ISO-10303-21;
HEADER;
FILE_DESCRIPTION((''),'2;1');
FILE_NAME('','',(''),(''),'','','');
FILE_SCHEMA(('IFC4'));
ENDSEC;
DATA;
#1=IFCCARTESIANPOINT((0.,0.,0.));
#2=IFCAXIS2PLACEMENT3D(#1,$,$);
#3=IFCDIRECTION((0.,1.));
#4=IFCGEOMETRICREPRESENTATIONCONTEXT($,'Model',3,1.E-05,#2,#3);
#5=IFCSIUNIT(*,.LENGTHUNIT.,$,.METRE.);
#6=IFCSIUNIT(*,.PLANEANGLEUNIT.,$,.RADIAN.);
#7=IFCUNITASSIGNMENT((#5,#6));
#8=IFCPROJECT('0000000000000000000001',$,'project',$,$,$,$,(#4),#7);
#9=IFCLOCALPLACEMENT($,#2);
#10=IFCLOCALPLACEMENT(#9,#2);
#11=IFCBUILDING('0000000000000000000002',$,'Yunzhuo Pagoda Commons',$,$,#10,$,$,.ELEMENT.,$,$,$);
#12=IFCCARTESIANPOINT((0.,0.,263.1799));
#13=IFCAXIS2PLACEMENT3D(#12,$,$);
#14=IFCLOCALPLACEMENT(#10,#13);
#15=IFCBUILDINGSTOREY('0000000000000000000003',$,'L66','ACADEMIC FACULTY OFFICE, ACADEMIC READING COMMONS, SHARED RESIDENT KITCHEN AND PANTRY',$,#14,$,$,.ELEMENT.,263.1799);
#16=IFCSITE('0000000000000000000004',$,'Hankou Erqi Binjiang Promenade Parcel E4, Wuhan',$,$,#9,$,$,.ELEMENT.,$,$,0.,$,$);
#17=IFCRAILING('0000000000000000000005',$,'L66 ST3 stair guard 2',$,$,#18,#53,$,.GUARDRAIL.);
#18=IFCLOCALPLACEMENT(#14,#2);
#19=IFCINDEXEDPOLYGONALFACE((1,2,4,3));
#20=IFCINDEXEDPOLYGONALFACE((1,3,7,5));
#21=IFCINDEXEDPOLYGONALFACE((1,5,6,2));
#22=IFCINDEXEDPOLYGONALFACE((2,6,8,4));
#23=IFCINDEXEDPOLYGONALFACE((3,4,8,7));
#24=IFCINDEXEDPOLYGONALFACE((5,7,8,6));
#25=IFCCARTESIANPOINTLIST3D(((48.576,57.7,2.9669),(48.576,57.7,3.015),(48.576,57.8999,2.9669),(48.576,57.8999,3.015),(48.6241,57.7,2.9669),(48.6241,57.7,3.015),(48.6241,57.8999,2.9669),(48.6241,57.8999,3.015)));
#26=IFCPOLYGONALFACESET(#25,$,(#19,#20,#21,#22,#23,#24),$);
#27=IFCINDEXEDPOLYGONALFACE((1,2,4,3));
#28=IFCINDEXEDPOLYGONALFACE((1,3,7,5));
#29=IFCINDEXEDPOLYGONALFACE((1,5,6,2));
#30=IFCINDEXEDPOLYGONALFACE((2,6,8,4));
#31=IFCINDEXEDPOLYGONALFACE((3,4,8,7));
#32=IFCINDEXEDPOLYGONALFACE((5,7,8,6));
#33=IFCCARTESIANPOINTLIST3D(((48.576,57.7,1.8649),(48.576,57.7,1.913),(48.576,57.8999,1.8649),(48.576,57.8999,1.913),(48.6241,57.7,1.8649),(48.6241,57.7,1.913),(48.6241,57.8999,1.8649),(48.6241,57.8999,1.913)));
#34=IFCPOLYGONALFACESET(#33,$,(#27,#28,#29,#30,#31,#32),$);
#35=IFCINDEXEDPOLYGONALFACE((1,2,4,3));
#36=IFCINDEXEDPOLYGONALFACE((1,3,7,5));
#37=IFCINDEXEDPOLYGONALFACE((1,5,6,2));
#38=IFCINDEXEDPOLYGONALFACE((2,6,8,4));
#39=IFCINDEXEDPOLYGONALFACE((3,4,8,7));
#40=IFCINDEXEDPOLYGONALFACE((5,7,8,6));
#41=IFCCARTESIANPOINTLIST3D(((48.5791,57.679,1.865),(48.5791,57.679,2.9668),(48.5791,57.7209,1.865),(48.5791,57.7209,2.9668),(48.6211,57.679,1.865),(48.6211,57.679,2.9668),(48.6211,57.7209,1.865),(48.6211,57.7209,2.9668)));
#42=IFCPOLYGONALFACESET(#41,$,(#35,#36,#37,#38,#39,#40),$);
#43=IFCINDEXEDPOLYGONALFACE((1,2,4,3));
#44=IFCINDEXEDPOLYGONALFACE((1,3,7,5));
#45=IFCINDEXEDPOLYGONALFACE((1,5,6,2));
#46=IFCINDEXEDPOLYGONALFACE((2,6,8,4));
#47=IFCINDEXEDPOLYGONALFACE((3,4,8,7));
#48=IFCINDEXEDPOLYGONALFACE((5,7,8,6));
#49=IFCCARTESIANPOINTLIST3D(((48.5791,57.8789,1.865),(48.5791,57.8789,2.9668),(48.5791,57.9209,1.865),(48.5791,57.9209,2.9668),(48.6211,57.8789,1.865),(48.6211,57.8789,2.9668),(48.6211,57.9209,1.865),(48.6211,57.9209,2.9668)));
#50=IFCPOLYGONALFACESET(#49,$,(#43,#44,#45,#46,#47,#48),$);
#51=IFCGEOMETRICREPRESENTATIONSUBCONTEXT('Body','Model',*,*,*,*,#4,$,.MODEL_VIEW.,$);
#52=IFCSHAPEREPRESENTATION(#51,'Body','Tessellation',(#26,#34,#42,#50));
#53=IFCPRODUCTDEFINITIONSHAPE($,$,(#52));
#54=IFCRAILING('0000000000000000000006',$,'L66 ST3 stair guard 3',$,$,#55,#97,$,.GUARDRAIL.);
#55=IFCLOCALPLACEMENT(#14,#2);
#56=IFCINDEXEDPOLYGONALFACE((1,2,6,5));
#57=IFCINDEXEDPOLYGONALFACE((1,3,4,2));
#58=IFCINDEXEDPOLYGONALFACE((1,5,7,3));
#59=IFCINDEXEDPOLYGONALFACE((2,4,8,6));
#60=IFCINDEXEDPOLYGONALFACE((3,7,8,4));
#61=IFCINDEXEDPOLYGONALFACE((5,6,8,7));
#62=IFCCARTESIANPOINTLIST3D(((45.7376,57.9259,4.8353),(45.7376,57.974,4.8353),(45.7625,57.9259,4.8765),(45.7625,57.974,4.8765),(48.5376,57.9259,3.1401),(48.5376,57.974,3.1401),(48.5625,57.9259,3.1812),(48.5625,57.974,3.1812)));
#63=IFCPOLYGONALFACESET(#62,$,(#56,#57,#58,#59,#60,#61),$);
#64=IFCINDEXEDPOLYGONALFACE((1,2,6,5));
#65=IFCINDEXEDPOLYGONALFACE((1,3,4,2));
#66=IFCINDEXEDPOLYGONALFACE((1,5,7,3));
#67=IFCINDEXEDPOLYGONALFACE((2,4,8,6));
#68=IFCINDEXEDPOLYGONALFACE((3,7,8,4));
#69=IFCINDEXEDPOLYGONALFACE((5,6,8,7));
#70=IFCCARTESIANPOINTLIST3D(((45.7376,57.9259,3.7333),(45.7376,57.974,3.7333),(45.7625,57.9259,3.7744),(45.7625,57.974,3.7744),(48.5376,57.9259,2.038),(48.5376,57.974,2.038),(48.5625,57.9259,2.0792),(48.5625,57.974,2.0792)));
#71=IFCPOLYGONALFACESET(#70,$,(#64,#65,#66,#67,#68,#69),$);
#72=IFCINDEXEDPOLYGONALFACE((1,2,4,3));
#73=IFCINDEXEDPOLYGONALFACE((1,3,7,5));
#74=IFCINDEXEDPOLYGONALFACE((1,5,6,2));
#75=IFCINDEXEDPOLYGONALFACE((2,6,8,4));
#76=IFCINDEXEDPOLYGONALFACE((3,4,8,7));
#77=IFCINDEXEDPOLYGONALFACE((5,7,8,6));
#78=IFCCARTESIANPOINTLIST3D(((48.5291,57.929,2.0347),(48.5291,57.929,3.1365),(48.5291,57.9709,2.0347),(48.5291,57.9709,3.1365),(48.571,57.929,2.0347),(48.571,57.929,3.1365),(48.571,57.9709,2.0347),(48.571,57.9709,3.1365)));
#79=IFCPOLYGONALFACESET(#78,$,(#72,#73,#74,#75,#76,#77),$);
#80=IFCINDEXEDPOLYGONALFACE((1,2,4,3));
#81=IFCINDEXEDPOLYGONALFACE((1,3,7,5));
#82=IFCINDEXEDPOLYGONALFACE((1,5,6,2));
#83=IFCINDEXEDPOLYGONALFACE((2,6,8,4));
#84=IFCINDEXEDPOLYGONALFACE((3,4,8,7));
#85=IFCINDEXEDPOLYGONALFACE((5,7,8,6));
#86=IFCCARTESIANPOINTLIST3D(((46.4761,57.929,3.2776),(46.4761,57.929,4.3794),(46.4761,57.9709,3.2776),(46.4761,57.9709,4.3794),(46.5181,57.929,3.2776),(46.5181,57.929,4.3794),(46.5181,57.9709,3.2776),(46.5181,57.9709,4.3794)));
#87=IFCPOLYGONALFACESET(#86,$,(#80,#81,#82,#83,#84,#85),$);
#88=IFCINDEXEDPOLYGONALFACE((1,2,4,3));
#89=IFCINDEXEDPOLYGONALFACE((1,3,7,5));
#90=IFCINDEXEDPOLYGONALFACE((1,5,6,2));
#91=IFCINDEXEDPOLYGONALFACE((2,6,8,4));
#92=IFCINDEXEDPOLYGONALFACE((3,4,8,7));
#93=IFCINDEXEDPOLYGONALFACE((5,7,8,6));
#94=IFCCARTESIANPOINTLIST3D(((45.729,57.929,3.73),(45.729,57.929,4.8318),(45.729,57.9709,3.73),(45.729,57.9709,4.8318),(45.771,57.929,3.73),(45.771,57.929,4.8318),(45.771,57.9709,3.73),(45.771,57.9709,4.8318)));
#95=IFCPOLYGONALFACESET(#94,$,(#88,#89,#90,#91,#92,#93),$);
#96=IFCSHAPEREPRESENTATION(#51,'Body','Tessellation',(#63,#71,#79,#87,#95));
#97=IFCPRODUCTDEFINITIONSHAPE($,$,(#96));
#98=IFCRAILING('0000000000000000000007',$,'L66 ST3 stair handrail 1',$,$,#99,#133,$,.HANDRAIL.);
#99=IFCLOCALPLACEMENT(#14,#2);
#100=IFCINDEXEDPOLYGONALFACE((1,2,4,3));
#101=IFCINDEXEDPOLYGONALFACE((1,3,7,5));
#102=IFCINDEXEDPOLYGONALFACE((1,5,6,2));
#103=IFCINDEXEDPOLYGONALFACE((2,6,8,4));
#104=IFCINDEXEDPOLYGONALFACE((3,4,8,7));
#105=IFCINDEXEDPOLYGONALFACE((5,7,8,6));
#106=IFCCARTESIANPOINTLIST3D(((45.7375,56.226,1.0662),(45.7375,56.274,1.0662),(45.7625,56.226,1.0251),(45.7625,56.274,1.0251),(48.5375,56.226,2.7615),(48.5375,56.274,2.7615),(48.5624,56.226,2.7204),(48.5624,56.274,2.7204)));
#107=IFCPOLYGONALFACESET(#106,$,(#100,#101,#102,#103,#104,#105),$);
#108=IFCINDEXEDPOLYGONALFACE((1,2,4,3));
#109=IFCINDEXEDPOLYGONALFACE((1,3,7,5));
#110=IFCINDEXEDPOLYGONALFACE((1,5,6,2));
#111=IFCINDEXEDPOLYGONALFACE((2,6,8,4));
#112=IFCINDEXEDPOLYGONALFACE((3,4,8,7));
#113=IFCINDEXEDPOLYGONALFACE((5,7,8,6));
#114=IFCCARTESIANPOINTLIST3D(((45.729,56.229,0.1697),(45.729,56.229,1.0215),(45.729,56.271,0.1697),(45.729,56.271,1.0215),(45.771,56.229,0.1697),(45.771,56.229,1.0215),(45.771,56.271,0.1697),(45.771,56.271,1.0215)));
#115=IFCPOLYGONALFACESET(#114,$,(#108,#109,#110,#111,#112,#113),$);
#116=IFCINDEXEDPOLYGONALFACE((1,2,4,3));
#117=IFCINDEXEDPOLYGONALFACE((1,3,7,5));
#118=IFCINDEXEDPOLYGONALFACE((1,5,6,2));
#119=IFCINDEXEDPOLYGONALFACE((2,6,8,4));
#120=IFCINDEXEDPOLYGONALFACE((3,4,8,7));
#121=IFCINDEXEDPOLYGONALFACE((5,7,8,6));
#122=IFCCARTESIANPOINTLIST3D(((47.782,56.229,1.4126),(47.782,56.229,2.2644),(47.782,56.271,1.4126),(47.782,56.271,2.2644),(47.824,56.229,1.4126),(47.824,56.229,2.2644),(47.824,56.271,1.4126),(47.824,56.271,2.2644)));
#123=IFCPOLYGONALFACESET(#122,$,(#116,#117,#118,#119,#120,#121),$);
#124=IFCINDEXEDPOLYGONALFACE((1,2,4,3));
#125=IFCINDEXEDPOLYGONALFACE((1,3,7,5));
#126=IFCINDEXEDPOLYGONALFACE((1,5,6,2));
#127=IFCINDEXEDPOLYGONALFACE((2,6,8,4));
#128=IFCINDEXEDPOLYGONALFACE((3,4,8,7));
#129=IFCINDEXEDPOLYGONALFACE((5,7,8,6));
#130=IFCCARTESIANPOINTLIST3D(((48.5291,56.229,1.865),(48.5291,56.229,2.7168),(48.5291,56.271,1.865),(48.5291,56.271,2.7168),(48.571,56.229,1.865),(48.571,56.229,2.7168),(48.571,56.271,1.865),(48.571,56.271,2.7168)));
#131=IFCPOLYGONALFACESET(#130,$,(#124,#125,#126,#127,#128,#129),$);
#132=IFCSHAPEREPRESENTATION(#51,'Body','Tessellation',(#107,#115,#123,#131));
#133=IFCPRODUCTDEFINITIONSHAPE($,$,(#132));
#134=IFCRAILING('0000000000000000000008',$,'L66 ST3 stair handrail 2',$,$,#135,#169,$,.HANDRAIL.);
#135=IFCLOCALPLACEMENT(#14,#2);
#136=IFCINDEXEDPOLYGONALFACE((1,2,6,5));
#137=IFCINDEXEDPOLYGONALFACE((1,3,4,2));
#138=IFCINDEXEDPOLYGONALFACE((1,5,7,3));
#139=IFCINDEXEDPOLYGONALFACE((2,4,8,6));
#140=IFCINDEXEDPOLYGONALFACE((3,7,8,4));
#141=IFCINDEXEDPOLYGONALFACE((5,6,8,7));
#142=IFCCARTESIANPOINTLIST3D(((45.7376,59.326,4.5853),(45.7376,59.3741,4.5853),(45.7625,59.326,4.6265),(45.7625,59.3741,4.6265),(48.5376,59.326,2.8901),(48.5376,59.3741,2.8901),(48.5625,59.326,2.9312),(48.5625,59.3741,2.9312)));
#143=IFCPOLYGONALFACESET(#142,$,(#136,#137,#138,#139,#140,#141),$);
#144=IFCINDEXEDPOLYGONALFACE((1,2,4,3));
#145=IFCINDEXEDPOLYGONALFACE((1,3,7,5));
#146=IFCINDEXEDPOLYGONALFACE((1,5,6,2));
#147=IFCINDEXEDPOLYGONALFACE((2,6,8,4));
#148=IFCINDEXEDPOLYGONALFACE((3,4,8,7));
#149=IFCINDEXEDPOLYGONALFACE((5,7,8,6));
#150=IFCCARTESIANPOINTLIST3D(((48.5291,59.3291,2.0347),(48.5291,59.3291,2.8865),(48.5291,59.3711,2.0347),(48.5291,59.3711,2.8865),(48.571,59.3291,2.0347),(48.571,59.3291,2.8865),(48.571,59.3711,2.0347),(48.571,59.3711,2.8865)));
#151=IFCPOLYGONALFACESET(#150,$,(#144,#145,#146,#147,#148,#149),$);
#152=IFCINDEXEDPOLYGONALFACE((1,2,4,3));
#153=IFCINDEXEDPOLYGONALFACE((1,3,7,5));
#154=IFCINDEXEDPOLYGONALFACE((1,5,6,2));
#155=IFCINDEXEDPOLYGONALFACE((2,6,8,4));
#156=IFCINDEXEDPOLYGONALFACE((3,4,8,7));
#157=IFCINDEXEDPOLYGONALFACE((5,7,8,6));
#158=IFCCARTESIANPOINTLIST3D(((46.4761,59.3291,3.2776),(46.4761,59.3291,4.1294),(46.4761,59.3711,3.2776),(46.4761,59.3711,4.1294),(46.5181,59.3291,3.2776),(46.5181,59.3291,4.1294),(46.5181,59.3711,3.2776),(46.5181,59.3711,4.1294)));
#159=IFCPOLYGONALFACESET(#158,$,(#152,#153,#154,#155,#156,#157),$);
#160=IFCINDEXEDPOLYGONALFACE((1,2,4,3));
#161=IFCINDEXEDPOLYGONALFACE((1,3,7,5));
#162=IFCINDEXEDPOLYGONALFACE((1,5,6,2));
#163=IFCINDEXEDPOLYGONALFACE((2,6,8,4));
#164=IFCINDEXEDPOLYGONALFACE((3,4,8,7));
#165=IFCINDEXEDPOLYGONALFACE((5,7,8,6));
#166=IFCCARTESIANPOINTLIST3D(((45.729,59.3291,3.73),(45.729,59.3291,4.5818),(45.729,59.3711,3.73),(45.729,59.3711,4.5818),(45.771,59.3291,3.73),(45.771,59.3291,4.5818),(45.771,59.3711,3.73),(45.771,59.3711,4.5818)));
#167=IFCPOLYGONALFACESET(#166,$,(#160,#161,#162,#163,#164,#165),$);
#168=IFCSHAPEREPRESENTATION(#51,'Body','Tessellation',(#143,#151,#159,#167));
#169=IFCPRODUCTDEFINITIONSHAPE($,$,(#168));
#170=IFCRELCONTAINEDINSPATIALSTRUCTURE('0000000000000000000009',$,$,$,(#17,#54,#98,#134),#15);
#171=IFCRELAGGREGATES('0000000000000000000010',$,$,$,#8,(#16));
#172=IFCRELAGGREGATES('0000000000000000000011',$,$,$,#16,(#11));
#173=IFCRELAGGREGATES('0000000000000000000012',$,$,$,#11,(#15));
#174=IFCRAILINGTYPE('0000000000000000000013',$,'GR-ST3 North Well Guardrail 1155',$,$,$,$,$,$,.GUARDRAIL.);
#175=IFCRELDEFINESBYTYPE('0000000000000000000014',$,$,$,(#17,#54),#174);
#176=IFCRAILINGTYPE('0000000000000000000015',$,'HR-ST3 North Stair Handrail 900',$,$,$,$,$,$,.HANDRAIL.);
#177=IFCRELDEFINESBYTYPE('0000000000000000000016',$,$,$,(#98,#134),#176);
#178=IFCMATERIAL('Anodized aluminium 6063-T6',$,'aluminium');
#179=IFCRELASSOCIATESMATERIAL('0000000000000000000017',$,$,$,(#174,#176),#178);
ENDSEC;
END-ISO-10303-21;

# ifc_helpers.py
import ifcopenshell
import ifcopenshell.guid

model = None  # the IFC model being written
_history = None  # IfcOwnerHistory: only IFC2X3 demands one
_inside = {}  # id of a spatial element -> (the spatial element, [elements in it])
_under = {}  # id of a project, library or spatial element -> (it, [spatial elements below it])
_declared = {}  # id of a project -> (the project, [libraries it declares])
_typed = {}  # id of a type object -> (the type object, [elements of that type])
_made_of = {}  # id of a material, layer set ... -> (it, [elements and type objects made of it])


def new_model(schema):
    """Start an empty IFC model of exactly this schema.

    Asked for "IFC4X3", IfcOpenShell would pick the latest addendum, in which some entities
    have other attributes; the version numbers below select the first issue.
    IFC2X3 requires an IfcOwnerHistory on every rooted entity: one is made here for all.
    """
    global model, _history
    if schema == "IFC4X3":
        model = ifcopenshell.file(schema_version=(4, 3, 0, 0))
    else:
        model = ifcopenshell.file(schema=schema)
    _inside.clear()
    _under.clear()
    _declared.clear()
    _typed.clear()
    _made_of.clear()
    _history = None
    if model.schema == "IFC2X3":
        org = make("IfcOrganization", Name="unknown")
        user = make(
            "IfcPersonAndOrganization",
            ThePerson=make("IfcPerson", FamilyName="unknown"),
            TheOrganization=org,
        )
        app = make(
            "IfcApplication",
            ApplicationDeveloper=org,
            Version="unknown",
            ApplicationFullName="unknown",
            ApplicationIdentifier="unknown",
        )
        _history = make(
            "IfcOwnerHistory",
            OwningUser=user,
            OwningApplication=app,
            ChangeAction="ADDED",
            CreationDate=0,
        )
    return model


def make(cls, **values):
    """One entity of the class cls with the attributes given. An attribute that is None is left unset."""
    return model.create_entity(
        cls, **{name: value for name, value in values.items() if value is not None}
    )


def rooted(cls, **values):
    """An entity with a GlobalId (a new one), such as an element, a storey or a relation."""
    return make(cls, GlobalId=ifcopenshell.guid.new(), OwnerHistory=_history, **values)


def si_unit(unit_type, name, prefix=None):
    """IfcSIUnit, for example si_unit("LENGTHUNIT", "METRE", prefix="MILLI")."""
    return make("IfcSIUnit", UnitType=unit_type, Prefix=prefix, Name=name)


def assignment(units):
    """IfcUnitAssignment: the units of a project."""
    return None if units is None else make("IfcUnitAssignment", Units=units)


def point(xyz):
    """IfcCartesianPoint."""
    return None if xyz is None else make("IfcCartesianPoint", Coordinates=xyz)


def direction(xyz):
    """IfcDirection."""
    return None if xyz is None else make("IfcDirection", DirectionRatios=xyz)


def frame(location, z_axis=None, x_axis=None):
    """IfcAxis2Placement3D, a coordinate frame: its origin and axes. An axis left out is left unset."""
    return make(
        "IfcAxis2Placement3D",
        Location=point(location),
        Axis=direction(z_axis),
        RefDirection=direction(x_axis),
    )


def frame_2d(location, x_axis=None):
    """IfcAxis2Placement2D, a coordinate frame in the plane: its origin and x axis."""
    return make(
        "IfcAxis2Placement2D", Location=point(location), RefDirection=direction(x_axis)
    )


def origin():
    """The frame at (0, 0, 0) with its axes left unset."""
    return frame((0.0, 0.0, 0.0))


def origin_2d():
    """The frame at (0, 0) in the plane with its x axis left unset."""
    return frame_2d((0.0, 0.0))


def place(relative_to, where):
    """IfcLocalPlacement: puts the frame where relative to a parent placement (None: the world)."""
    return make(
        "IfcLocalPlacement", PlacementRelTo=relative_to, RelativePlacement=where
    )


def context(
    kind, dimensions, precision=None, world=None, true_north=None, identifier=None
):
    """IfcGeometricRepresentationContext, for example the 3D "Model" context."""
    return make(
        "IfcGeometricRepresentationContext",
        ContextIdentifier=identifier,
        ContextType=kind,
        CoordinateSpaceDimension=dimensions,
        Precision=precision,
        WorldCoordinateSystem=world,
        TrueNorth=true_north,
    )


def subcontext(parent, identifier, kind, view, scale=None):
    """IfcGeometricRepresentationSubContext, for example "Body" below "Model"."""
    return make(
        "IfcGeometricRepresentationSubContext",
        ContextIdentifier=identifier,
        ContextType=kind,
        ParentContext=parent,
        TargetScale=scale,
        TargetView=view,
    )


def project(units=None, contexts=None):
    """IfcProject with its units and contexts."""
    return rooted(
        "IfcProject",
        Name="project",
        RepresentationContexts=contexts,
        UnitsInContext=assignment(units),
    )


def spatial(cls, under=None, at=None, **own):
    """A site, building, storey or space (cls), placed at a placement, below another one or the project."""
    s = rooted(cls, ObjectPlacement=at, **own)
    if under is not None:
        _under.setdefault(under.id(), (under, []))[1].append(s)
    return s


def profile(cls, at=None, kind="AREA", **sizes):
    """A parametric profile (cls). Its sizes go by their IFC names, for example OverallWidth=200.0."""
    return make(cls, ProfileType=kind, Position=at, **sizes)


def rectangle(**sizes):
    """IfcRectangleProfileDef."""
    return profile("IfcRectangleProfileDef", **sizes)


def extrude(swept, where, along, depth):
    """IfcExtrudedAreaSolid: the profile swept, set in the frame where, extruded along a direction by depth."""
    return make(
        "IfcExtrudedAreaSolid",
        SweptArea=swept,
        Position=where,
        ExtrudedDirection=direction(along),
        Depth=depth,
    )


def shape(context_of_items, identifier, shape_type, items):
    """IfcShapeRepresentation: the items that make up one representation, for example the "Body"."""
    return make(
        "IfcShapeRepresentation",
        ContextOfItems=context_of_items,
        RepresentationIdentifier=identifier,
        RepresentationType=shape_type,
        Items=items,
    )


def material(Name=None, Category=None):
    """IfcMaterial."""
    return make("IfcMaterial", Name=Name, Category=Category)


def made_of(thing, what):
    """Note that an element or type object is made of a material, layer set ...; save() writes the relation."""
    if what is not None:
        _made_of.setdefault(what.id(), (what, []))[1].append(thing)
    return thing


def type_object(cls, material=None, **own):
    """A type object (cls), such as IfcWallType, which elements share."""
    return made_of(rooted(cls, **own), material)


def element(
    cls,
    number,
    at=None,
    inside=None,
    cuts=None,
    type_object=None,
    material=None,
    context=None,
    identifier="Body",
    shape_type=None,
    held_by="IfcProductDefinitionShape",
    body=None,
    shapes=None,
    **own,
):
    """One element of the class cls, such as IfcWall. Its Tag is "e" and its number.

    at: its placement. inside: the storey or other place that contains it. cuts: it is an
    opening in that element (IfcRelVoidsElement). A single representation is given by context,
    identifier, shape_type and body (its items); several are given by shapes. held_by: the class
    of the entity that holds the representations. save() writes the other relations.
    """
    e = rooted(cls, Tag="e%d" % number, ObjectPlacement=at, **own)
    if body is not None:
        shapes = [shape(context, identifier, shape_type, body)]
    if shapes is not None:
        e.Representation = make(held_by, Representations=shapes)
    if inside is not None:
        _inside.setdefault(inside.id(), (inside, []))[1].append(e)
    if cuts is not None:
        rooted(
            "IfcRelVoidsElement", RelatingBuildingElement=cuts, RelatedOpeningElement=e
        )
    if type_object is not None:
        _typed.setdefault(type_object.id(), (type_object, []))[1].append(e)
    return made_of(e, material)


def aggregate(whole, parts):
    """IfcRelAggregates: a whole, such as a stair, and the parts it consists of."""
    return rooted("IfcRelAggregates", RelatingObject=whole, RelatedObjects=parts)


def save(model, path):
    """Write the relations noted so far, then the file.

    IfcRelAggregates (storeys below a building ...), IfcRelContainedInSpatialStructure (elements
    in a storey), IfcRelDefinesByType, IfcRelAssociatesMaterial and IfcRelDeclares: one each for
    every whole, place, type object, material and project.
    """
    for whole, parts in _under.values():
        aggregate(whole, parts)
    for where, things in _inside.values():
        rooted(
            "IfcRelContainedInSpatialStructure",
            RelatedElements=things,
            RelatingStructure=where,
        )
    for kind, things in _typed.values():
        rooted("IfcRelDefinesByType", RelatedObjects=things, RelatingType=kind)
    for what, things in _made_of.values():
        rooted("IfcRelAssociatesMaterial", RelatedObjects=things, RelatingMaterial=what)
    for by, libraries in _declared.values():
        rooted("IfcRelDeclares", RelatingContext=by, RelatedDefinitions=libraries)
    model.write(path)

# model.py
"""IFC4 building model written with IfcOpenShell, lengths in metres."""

from ifc_helpers import new_model, si_unit, direction, frame, origin, origin_2d, place, context, subcontext, project, spatial, rectangle, extrude, material, type_object, element, save


model = new_model("IFC4")

# Units and contexts
model_context = context("Model", 3, precision=1e-05, world=origin(), true_north=direction((0.0, 1.0)))
body_context = subcontext(model_context, "Body", "Model", "MODEL_VIEW")
ifc_project = project(units=[si_unit("LENGTHUNIT", "METRE"), si_unit("PLANEANGLEUNIT", "RADIAN")], contexts=[model_context])

# Site, building, storey
site_placement = place(None, origin())
site = spatial("IfcSite", under=ifc_project, at=site_placement, Name="Hankou Erqi Binjiang Promenade Parcel E4, Wuhan", CompositionType="ELEMENT", RefElevation=0.0)
building_placement = place(site_placement, origin())
building = spatial("IfcBuilding", under=site, at=building_placement, Name="Yunzhuo Pagoda Commons", CompositionType="ELEMENT")
storey_placement = place(building_placement, frame((0.0, 0.0, 263.1799)))
storey = spatial("IfcBuildingStorey", under=building, at=storey_placement, Name="L66", Description="ACADEMIC FACULTY OFFICE, ACADEMIC READING COMMONS, SHARED RESIDENT KITCHEN AND PANTRY", CompositionType="ELEMENT", Elevation=263.1799)

# Shared definitions
ifc_material_1 = material(Name="Anodized aluminium 6063-T6", Category="aluminium")

# Railings
railing_type_1 = type_object("IfcRailingType", Name="GR-ST3 North Well Guardrail 1155", PredefinedType="GUARDRAIL", material=ifc_material_1)
railing_1_placement = place(storey_placement, frame((48.6001, 57.7, 1.865)))
element("IfcRailing", 1, at=railing_1_placement, inside=storey, type_object=railing_type_1, Name="L66 ST3 stair guard 2", PredefinedType="GUARDRAIL", context=body_context, shape_type="SweptSolid", body=[
    extrude(rectangle(XDim=0.0481, YDim=0.0481, at=origin_2d()), frame((0.0, 0.0, 1.126), z_axis=(0.0, 1.0, 0.0), x_axis=(-1.0, 0.0, 0.0)), (0.0, 0.0, 1.0), 0.2),
    extrude(rectangle(XDim=0.0481, YDim=0.0481, at=origin_2d()), frame((0.0, 0.0, 0.0239), z_axis=(0.0, 1.0, 0.0), x_axis=(-1.0, 0.0, 0.0)), (0.0, 0.0, 1.0), 0.2),
    extrude(rectangle(XDim=0.042, YDim=0.042, at=origin_2d()), origin(), (0.0, 0.0, 1.0), 1.1018),
    extrude(rectangle(XDim=0.042, YDim=0.042, at=origin_2d()), frame((0.0, 0.2, 0.0)), (0.0, 0.0, 1.0), 1.1018),
])
railing_2_placement = place(storey_placement, frame((48.55, 57.95, 2.0347)))
element("IfcRailing", 2, at=railing_2_placement, inside=storey, type_object=railing_type_1, Name="L66 ST3 stair guard 3", PredefinedType="GUARDRAIL", context=body_context, shape_type="SweptSolid", body=[
    extrude(rectangle(XDim=0.0481, YDim=0.0481, at=origin_2d()), frame((0.0, 0.0, 1.126), z_axis=(-0.855426, 0.0, 0.517925), x_axis=(0.0, -1.0, 0.0)), (0.0, 0.0, 1.0), 3.2732),
    extrude(rectangle(XDim=0.0481, YDim=0.0481, at=origin_2d()), frame((0.0, 0.0, 0.0239), z_axis=(-0.855426, 0.0, 0.517925), x_axis=(0.0, -1.0, 0.0)), (0.0, 0.0, 1.0), 3.2732),
    extrude(rectangle(XDim=0.042, YDim=0.042, at=origin_2d()), origin(), (0.0, 0.0, 1.0), 1.1018),
    extrude(rectangle(XDim=0.042, YDim=0.042, at=origin_2d()), frame((-2.053, 0.0, 1.2429)), (0.0, 0.0, 1.0), 1.1018),
    extrude(rectangle(XDim=0.042, YDim=0.042, at=origin_2d()), frame((-2.8, 0.0, 1.6953)), (0.0, 0.0, 1.0), 1.1018),
])
railing_type_2 = type_object("IfcRailingType", Name="HR-ST3 North Stair Handrail 900", PredefinedType="HANDRAIL", material=ifc_material_1)
railing_3_placement = place(storey_placement, frame((45.75, 56.25, 0.1697)))
element("IfcRailing", 3, at=railing_3_placement, inside=storey, type_object=railing_type_2, Name="L66 ST3 stair handrail 1", PredefinedType="HANDRAIL", context=body_context, shape_type="SweptSolid", body=[
    extrude(rectangle(XDim=0.0481, YDim=0.0481, at=origin_2d()), frame((0.0, 0.0, 0.876), z_axis=(0.855426, 0.0, 0.517925), x_axis=(0.0, 1.0, 0.0)), (0.0, 0.0, 1.0), 3.2732),
    extrude(rectangle(XDim=0.042, YDim=0.042, at=origin_2d()), origin(), (0.0, 0.0, 1.0), 0.8518),
    extrude(rectangle(XDim=0.042, YDim=0.042, at=origin_2d()), frame((2.053, 0.0, 1.2429)), (0.0, 0.0, 1.0), 0.8518),
    extrude(rectangle(XDim=0.042, YDim=0.042, at=origin_2d()), frame((2.8, 0.0, 1.6953)), (0.0, 0.0, 1.0), 0.8518),
])
railing_4_placement = place(storey_placement, frame((48.55, 59.3501, 2.0347)))
element("IfcRailing", 4, at=railing_4_placement, inside=storey, type_object=railing_type_2, Name="L66 ST3 stair handrail 2", PredefinedType="HANDRAIL", context=body_context, shape_type="SweptSolid", body=[
    extrude(rectangle(XDim=0.0481, YDim=0.0481, at=origin_2d()), frame((0.0, 0.0, 0.876), z_axis=(-0.855426, 0.0, 0.517925), x_axis=(0.0, -1.0, 0.0)), (0.0, 0.0, 1.0), 3.2732),
    extrude(rectangle(XDim=0.042, YDim=0.042, at=origin_2d()), origin(), (0.0, 0.0, 1.0), 0.8518),
    extrude(rectangle(XDim=0.042, YDim=0.042, at=origin_2d()), frame((-2.053, 0.0, 1.2429)), (0.0, 0.0, 1.0), 0.8518),
    extrude(rectangle(XDim=0.042, YDim=0.042, at=origin_2d()), frame((-2.8, 0.0, 1.6953)), (0.0, 0.0, 1.0), 0.8518),
])

save(model, "model.ifc")
